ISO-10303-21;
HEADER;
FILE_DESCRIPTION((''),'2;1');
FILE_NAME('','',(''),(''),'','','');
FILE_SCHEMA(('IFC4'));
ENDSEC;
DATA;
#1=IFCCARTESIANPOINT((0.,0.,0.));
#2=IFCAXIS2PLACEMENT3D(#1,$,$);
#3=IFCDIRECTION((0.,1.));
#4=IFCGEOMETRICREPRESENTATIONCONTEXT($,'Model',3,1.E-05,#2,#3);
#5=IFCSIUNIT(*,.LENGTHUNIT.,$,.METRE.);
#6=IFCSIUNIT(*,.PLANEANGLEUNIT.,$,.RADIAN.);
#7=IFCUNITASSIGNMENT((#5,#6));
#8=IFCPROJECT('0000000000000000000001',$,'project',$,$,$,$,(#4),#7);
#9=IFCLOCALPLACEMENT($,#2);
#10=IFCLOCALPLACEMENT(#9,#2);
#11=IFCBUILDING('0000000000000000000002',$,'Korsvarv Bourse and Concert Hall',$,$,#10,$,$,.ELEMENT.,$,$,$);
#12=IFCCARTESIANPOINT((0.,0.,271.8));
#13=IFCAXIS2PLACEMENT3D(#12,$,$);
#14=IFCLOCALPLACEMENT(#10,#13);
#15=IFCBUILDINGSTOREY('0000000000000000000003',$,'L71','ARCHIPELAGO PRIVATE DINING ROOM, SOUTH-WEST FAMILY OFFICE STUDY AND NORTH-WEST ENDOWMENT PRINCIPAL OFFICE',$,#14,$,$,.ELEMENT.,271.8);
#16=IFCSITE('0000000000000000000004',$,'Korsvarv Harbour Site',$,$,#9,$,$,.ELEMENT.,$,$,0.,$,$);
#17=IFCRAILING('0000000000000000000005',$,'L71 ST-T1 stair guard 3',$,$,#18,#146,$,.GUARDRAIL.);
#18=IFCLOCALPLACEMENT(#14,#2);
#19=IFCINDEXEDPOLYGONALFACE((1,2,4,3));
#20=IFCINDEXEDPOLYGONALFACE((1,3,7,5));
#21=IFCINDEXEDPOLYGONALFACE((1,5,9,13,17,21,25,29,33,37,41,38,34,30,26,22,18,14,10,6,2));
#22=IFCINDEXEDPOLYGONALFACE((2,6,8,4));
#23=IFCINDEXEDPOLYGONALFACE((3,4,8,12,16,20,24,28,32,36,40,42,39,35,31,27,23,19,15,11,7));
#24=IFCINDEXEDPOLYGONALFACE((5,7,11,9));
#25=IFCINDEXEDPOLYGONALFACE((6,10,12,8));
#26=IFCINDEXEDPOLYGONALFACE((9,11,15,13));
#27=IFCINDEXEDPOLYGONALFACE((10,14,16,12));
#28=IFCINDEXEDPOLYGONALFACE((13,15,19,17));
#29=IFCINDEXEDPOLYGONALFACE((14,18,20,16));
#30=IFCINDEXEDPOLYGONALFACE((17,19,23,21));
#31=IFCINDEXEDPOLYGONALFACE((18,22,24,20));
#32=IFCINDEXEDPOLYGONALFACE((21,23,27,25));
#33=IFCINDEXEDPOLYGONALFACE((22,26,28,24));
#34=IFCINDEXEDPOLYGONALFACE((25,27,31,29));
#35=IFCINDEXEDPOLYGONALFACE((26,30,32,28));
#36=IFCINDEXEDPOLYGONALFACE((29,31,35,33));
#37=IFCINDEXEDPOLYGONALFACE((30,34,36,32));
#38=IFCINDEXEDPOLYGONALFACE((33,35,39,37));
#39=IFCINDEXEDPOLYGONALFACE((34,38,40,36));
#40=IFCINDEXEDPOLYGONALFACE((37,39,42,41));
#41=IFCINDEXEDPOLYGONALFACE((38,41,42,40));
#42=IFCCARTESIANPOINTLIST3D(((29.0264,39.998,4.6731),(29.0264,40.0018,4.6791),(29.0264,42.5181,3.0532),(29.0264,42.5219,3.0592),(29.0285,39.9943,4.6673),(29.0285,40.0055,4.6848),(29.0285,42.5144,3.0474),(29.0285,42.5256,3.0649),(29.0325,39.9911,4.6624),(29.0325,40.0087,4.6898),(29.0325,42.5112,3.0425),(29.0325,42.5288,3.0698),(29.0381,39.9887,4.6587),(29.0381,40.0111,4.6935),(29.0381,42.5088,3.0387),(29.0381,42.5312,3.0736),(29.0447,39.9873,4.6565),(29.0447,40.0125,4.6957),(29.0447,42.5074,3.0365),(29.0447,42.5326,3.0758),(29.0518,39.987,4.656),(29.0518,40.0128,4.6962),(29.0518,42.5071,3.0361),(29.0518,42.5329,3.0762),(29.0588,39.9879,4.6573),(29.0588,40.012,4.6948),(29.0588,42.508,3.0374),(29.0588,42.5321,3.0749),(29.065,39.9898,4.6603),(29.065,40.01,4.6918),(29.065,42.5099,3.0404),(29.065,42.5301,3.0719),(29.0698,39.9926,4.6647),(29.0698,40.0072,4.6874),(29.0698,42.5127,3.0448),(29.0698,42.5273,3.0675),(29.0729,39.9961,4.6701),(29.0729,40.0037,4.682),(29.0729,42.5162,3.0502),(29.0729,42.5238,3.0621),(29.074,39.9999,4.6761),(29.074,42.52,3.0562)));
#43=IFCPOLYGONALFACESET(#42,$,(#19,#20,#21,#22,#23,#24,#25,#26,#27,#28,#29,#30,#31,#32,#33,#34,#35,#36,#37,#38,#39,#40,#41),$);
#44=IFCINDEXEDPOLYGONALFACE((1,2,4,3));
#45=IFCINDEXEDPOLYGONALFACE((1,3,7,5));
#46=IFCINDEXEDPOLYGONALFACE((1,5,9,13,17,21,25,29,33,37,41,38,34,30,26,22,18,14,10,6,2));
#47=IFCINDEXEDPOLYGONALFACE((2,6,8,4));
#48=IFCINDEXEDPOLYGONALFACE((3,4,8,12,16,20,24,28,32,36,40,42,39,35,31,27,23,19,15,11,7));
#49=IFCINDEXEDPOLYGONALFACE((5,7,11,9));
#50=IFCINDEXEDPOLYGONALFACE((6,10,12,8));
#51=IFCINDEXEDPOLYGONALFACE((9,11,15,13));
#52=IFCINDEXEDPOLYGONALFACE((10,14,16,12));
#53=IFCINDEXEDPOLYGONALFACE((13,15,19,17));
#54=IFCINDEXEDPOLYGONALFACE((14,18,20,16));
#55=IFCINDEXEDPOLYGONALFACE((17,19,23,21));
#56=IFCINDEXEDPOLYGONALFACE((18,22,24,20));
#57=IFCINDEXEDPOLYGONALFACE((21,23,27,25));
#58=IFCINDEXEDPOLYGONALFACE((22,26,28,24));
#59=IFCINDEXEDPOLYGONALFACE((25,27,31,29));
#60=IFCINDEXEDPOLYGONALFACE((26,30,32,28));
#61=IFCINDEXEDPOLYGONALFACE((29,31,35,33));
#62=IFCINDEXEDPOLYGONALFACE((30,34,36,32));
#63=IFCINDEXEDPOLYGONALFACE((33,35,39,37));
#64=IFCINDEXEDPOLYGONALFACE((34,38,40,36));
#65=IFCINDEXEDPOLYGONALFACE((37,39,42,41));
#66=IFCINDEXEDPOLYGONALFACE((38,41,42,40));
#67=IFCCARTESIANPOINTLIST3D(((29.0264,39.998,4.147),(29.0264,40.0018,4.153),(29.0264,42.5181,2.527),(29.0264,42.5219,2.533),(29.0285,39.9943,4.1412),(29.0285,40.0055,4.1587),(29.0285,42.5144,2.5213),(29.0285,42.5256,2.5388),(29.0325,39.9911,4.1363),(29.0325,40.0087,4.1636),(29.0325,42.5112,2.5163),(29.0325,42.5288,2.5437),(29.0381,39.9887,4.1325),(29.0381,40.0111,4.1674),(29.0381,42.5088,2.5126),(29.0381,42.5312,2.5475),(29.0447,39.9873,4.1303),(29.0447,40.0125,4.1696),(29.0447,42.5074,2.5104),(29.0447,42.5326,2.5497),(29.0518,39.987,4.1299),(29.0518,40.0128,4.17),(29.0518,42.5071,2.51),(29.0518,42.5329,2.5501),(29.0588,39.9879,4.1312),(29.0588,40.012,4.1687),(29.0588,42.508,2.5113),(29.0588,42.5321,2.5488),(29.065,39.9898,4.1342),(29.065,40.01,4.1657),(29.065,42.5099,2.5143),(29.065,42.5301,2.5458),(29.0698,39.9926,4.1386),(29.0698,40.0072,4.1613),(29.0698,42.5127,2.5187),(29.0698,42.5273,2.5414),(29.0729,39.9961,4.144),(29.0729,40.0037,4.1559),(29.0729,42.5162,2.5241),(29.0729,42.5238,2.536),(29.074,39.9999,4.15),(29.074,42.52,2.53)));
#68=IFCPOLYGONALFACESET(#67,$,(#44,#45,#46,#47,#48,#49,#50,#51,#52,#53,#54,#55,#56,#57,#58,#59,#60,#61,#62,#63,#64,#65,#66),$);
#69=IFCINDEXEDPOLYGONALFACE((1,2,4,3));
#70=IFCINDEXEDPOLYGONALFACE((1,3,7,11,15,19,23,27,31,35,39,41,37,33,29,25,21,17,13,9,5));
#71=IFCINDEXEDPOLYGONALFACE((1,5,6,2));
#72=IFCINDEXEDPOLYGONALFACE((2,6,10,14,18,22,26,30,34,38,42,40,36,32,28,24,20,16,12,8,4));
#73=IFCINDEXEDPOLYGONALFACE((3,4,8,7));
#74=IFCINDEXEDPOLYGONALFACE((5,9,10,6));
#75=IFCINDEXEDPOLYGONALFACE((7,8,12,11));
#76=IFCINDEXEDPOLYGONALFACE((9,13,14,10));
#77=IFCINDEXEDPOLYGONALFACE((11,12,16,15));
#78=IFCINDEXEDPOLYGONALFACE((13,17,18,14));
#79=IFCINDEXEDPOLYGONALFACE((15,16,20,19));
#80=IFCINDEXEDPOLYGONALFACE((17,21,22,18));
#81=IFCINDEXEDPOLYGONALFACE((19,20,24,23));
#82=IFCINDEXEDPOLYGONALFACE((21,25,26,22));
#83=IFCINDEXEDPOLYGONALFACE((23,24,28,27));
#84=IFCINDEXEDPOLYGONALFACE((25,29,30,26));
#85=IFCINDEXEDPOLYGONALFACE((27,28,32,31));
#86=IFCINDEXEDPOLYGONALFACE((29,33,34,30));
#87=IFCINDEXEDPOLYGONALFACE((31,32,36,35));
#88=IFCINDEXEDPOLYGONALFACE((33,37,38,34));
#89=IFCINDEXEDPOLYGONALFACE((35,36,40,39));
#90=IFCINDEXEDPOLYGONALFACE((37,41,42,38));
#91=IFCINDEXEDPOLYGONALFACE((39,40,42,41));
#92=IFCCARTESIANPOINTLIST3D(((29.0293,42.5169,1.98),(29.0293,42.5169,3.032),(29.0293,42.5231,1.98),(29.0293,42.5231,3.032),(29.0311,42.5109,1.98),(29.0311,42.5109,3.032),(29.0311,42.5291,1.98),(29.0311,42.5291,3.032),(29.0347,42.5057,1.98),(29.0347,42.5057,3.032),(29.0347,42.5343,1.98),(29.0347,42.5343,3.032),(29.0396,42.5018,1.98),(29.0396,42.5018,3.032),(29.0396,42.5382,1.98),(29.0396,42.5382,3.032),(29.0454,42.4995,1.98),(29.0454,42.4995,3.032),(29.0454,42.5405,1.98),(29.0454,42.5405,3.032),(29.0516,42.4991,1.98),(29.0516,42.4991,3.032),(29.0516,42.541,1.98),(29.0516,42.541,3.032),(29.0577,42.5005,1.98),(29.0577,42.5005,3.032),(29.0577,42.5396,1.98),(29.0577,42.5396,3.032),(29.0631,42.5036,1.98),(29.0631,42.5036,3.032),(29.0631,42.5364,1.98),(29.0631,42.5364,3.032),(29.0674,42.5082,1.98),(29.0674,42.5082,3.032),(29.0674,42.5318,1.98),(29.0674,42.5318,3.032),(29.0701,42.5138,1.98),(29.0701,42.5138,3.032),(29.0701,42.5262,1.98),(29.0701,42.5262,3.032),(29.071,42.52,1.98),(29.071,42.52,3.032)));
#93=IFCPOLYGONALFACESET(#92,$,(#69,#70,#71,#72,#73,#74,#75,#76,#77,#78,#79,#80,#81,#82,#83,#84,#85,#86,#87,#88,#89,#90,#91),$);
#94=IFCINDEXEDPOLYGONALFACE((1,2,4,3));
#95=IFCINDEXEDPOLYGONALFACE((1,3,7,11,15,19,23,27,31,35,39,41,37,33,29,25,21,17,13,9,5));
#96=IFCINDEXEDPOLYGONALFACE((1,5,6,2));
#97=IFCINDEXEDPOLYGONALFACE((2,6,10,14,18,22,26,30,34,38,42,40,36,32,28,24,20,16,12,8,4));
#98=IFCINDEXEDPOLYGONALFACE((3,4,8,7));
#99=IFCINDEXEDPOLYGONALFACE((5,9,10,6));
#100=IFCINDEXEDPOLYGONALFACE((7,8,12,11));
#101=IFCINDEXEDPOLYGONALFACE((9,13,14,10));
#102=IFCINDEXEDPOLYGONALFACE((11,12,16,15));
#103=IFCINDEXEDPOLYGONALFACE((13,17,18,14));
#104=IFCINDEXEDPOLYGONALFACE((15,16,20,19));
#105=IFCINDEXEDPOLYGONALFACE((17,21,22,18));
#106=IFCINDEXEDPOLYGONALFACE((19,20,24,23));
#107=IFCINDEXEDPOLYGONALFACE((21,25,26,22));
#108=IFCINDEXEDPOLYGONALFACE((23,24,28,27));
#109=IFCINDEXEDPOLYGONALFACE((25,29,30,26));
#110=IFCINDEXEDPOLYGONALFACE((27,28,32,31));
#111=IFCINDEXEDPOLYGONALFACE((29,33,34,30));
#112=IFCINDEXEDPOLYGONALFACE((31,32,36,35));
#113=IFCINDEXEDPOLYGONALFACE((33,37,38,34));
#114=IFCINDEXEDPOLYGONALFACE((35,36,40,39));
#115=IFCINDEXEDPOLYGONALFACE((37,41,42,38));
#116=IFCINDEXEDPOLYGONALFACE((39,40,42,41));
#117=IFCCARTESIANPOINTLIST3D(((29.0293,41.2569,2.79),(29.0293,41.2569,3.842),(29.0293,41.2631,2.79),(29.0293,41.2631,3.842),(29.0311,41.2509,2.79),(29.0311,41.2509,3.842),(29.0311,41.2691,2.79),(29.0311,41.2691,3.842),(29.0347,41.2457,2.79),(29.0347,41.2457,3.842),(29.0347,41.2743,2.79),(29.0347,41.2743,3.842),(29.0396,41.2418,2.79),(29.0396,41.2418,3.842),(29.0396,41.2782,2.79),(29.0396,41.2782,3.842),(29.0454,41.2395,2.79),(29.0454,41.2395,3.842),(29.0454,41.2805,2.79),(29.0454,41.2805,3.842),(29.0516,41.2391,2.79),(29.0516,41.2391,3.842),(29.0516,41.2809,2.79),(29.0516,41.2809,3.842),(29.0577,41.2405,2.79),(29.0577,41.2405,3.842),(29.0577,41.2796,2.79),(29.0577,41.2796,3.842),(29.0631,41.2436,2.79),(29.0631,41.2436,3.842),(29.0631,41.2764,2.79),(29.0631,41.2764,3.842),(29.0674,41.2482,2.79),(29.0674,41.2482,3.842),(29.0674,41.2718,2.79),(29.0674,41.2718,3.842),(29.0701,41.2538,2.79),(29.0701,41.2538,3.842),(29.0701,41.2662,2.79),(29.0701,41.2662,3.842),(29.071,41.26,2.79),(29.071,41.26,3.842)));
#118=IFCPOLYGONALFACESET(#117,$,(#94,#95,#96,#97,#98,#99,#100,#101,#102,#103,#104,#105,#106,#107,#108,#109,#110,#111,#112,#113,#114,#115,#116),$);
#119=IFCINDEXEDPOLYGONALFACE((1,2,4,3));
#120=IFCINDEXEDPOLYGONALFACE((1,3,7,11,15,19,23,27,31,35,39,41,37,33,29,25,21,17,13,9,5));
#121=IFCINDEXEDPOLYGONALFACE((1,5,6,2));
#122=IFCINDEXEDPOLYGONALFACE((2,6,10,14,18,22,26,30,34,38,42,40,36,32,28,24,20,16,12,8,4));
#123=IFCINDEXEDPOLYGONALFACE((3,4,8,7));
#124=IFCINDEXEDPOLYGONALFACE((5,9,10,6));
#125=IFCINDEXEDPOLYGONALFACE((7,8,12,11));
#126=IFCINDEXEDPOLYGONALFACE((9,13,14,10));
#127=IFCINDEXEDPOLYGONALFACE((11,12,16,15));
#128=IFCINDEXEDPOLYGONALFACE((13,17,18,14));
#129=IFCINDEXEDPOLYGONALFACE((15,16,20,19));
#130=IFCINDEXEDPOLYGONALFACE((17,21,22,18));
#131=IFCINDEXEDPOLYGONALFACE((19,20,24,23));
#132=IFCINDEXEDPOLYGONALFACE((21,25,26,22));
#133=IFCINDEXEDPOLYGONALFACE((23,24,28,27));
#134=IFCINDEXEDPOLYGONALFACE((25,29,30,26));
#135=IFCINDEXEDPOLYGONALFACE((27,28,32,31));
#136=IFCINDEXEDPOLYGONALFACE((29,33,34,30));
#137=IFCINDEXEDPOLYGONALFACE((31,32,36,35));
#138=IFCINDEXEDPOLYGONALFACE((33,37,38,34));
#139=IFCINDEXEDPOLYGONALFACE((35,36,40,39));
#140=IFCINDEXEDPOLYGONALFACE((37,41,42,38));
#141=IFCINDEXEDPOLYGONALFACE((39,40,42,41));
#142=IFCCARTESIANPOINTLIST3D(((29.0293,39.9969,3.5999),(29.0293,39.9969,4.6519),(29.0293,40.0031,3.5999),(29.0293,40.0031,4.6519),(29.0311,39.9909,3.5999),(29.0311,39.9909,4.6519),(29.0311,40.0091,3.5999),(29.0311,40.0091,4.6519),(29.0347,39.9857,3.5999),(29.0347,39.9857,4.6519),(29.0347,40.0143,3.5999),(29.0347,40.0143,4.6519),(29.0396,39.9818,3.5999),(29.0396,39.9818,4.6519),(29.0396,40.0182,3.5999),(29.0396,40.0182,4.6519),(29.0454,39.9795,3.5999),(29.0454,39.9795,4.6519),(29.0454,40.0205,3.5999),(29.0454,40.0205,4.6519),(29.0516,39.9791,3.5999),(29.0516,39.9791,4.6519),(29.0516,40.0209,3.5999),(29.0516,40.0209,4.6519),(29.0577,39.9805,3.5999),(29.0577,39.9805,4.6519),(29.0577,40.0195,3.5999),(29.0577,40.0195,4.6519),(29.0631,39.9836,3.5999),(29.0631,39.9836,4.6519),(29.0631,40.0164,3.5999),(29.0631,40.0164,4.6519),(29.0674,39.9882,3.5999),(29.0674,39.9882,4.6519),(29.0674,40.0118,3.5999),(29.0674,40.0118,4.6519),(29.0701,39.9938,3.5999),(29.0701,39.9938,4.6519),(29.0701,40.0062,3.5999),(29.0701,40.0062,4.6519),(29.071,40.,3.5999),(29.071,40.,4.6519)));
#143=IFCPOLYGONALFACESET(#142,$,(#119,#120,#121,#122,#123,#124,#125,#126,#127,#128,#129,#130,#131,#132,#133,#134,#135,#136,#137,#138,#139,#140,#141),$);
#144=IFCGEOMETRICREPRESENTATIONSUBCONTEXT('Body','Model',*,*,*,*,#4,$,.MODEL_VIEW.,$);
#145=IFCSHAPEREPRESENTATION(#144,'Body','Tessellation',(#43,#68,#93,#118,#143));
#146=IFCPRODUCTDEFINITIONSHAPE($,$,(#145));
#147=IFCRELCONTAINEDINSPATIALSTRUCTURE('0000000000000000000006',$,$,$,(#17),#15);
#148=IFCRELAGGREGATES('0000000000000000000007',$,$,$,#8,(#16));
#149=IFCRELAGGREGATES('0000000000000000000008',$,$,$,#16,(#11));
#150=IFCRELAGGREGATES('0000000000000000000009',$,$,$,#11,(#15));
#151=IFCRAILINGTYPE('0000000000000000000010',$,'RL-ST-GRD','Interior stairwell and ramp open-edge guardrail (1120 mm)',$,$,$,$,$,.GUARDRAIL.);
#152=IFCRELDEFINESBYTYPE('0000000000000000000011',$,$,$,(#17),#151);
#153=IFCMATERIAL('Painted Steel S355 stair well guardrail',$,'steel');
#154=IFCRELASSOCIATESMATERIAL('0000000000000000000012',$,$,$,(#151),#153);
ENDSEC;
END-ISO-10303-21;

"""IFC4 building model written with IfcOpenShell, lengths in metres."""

from ifc_helpers import new_model, si_unit, direction, frame, origin, origin_2d, place, context, subcontext, project, spatial, circle, extrude, material, type_object, element, save


model = new_model("IFC4")

# Units and contexts
model_context = context("Model", 3, precision=1e-05, world=origin(), true_north=direction((0.0, 1.0)))
body_context = subcontext(model_context, "Body", "Model", "MODEL_VIEW")
ifc_project = project(units=[si_unit("LENGTHUNIT", "METRE"), si_unit("PLANEANGLEUNIT", "RADIAN")], contexts=[model_context])

# Site, building, storey
site_placement = place(None, origin())
site = spatial("IfcSite", under=ifc_project, at=site_placement, Name="Korsvarv Harbour Site", CompositionType="ELEMENT", RefElevation=0.0)
building_placement = place(site_placement, origin())
building = spatial("IfcBuilding", under=site, at=building_placement, Name="Korsvarv Bourse and Concert Hall", CompositionType="ELEMENT")
storey_placement = place(building_placement, frame((0.0, 0.0, 271.8)))
storey = spatial("IfcBuildingStorey", under=building, at=storey_placement, Name="L71", Description="ARCHIPELAGO PRIVATE DINING ROOM, SOUTH-WEST FAMILY OFFICE STUDY AND NORTH-WEST ENDOWMENT PRINCIPAL OFFICE", CompositionType="ELEMENT", Elevation=271.8)

# Railing
ifc_material_1 = material(Name="Painted Steel S355 stair well guardrail", Category="steel")
railing_type_1 = type_object("IfcRailingType", Name="RL-ST-GRD", Description="Interior stairwell and ramp open-edge guardrail (1120 mm)", PredefinedType="GUARDRAIL", material=ifc_material_1)
railing_1_placement = place(storey_placement, frame((29.05, 42.52, 1.98)))
element("IfcRailing", 1, at=railing_1_placement, inside=storey, type_object=railing_type_1, Name="L71 ST-T1 stair guard 3", PredefinedType="GUARDRAIL", context=body_context, shape_type="SweptSolid", body=[
    extrude(circle(Radius=0.0239, at=origin_2d()), frame((0.0, 0.0, 1.0762), z_axis=(0.0, -0.8412, 0.540725), x_axis=(1.0, 0.0, 0.0)), (0.0, 0.0, 1.0), 2.9958),
    extrude(circle(Radius=0.0239, at=origin_2d()), frame((0.0, 0.0, 0.55), z_axis=(0.0, -0.8412, 0.540725), x_axis=(1.0, 0.0, 0.0)), (0.0, 0.0, 1.0), 2.9958),
    extrude(circle(Radius=0.021, at=origin_2d()), origin(), (0.0, 0.0, 1.0), 1.052),
    extrude(circle(Radius=0.021, at=origin_2d()), frame((0.0, -1.26, 0.8101)), (0.0, 0.0, 1.0), 1.052),
    extrude(circle(Radius=0.021, at=origin_2d()), frame((0.0, -2.52, 1.6199)), (0.0, 0.0, 1.0), 1.052),
])

save(model, "model.ifc")
